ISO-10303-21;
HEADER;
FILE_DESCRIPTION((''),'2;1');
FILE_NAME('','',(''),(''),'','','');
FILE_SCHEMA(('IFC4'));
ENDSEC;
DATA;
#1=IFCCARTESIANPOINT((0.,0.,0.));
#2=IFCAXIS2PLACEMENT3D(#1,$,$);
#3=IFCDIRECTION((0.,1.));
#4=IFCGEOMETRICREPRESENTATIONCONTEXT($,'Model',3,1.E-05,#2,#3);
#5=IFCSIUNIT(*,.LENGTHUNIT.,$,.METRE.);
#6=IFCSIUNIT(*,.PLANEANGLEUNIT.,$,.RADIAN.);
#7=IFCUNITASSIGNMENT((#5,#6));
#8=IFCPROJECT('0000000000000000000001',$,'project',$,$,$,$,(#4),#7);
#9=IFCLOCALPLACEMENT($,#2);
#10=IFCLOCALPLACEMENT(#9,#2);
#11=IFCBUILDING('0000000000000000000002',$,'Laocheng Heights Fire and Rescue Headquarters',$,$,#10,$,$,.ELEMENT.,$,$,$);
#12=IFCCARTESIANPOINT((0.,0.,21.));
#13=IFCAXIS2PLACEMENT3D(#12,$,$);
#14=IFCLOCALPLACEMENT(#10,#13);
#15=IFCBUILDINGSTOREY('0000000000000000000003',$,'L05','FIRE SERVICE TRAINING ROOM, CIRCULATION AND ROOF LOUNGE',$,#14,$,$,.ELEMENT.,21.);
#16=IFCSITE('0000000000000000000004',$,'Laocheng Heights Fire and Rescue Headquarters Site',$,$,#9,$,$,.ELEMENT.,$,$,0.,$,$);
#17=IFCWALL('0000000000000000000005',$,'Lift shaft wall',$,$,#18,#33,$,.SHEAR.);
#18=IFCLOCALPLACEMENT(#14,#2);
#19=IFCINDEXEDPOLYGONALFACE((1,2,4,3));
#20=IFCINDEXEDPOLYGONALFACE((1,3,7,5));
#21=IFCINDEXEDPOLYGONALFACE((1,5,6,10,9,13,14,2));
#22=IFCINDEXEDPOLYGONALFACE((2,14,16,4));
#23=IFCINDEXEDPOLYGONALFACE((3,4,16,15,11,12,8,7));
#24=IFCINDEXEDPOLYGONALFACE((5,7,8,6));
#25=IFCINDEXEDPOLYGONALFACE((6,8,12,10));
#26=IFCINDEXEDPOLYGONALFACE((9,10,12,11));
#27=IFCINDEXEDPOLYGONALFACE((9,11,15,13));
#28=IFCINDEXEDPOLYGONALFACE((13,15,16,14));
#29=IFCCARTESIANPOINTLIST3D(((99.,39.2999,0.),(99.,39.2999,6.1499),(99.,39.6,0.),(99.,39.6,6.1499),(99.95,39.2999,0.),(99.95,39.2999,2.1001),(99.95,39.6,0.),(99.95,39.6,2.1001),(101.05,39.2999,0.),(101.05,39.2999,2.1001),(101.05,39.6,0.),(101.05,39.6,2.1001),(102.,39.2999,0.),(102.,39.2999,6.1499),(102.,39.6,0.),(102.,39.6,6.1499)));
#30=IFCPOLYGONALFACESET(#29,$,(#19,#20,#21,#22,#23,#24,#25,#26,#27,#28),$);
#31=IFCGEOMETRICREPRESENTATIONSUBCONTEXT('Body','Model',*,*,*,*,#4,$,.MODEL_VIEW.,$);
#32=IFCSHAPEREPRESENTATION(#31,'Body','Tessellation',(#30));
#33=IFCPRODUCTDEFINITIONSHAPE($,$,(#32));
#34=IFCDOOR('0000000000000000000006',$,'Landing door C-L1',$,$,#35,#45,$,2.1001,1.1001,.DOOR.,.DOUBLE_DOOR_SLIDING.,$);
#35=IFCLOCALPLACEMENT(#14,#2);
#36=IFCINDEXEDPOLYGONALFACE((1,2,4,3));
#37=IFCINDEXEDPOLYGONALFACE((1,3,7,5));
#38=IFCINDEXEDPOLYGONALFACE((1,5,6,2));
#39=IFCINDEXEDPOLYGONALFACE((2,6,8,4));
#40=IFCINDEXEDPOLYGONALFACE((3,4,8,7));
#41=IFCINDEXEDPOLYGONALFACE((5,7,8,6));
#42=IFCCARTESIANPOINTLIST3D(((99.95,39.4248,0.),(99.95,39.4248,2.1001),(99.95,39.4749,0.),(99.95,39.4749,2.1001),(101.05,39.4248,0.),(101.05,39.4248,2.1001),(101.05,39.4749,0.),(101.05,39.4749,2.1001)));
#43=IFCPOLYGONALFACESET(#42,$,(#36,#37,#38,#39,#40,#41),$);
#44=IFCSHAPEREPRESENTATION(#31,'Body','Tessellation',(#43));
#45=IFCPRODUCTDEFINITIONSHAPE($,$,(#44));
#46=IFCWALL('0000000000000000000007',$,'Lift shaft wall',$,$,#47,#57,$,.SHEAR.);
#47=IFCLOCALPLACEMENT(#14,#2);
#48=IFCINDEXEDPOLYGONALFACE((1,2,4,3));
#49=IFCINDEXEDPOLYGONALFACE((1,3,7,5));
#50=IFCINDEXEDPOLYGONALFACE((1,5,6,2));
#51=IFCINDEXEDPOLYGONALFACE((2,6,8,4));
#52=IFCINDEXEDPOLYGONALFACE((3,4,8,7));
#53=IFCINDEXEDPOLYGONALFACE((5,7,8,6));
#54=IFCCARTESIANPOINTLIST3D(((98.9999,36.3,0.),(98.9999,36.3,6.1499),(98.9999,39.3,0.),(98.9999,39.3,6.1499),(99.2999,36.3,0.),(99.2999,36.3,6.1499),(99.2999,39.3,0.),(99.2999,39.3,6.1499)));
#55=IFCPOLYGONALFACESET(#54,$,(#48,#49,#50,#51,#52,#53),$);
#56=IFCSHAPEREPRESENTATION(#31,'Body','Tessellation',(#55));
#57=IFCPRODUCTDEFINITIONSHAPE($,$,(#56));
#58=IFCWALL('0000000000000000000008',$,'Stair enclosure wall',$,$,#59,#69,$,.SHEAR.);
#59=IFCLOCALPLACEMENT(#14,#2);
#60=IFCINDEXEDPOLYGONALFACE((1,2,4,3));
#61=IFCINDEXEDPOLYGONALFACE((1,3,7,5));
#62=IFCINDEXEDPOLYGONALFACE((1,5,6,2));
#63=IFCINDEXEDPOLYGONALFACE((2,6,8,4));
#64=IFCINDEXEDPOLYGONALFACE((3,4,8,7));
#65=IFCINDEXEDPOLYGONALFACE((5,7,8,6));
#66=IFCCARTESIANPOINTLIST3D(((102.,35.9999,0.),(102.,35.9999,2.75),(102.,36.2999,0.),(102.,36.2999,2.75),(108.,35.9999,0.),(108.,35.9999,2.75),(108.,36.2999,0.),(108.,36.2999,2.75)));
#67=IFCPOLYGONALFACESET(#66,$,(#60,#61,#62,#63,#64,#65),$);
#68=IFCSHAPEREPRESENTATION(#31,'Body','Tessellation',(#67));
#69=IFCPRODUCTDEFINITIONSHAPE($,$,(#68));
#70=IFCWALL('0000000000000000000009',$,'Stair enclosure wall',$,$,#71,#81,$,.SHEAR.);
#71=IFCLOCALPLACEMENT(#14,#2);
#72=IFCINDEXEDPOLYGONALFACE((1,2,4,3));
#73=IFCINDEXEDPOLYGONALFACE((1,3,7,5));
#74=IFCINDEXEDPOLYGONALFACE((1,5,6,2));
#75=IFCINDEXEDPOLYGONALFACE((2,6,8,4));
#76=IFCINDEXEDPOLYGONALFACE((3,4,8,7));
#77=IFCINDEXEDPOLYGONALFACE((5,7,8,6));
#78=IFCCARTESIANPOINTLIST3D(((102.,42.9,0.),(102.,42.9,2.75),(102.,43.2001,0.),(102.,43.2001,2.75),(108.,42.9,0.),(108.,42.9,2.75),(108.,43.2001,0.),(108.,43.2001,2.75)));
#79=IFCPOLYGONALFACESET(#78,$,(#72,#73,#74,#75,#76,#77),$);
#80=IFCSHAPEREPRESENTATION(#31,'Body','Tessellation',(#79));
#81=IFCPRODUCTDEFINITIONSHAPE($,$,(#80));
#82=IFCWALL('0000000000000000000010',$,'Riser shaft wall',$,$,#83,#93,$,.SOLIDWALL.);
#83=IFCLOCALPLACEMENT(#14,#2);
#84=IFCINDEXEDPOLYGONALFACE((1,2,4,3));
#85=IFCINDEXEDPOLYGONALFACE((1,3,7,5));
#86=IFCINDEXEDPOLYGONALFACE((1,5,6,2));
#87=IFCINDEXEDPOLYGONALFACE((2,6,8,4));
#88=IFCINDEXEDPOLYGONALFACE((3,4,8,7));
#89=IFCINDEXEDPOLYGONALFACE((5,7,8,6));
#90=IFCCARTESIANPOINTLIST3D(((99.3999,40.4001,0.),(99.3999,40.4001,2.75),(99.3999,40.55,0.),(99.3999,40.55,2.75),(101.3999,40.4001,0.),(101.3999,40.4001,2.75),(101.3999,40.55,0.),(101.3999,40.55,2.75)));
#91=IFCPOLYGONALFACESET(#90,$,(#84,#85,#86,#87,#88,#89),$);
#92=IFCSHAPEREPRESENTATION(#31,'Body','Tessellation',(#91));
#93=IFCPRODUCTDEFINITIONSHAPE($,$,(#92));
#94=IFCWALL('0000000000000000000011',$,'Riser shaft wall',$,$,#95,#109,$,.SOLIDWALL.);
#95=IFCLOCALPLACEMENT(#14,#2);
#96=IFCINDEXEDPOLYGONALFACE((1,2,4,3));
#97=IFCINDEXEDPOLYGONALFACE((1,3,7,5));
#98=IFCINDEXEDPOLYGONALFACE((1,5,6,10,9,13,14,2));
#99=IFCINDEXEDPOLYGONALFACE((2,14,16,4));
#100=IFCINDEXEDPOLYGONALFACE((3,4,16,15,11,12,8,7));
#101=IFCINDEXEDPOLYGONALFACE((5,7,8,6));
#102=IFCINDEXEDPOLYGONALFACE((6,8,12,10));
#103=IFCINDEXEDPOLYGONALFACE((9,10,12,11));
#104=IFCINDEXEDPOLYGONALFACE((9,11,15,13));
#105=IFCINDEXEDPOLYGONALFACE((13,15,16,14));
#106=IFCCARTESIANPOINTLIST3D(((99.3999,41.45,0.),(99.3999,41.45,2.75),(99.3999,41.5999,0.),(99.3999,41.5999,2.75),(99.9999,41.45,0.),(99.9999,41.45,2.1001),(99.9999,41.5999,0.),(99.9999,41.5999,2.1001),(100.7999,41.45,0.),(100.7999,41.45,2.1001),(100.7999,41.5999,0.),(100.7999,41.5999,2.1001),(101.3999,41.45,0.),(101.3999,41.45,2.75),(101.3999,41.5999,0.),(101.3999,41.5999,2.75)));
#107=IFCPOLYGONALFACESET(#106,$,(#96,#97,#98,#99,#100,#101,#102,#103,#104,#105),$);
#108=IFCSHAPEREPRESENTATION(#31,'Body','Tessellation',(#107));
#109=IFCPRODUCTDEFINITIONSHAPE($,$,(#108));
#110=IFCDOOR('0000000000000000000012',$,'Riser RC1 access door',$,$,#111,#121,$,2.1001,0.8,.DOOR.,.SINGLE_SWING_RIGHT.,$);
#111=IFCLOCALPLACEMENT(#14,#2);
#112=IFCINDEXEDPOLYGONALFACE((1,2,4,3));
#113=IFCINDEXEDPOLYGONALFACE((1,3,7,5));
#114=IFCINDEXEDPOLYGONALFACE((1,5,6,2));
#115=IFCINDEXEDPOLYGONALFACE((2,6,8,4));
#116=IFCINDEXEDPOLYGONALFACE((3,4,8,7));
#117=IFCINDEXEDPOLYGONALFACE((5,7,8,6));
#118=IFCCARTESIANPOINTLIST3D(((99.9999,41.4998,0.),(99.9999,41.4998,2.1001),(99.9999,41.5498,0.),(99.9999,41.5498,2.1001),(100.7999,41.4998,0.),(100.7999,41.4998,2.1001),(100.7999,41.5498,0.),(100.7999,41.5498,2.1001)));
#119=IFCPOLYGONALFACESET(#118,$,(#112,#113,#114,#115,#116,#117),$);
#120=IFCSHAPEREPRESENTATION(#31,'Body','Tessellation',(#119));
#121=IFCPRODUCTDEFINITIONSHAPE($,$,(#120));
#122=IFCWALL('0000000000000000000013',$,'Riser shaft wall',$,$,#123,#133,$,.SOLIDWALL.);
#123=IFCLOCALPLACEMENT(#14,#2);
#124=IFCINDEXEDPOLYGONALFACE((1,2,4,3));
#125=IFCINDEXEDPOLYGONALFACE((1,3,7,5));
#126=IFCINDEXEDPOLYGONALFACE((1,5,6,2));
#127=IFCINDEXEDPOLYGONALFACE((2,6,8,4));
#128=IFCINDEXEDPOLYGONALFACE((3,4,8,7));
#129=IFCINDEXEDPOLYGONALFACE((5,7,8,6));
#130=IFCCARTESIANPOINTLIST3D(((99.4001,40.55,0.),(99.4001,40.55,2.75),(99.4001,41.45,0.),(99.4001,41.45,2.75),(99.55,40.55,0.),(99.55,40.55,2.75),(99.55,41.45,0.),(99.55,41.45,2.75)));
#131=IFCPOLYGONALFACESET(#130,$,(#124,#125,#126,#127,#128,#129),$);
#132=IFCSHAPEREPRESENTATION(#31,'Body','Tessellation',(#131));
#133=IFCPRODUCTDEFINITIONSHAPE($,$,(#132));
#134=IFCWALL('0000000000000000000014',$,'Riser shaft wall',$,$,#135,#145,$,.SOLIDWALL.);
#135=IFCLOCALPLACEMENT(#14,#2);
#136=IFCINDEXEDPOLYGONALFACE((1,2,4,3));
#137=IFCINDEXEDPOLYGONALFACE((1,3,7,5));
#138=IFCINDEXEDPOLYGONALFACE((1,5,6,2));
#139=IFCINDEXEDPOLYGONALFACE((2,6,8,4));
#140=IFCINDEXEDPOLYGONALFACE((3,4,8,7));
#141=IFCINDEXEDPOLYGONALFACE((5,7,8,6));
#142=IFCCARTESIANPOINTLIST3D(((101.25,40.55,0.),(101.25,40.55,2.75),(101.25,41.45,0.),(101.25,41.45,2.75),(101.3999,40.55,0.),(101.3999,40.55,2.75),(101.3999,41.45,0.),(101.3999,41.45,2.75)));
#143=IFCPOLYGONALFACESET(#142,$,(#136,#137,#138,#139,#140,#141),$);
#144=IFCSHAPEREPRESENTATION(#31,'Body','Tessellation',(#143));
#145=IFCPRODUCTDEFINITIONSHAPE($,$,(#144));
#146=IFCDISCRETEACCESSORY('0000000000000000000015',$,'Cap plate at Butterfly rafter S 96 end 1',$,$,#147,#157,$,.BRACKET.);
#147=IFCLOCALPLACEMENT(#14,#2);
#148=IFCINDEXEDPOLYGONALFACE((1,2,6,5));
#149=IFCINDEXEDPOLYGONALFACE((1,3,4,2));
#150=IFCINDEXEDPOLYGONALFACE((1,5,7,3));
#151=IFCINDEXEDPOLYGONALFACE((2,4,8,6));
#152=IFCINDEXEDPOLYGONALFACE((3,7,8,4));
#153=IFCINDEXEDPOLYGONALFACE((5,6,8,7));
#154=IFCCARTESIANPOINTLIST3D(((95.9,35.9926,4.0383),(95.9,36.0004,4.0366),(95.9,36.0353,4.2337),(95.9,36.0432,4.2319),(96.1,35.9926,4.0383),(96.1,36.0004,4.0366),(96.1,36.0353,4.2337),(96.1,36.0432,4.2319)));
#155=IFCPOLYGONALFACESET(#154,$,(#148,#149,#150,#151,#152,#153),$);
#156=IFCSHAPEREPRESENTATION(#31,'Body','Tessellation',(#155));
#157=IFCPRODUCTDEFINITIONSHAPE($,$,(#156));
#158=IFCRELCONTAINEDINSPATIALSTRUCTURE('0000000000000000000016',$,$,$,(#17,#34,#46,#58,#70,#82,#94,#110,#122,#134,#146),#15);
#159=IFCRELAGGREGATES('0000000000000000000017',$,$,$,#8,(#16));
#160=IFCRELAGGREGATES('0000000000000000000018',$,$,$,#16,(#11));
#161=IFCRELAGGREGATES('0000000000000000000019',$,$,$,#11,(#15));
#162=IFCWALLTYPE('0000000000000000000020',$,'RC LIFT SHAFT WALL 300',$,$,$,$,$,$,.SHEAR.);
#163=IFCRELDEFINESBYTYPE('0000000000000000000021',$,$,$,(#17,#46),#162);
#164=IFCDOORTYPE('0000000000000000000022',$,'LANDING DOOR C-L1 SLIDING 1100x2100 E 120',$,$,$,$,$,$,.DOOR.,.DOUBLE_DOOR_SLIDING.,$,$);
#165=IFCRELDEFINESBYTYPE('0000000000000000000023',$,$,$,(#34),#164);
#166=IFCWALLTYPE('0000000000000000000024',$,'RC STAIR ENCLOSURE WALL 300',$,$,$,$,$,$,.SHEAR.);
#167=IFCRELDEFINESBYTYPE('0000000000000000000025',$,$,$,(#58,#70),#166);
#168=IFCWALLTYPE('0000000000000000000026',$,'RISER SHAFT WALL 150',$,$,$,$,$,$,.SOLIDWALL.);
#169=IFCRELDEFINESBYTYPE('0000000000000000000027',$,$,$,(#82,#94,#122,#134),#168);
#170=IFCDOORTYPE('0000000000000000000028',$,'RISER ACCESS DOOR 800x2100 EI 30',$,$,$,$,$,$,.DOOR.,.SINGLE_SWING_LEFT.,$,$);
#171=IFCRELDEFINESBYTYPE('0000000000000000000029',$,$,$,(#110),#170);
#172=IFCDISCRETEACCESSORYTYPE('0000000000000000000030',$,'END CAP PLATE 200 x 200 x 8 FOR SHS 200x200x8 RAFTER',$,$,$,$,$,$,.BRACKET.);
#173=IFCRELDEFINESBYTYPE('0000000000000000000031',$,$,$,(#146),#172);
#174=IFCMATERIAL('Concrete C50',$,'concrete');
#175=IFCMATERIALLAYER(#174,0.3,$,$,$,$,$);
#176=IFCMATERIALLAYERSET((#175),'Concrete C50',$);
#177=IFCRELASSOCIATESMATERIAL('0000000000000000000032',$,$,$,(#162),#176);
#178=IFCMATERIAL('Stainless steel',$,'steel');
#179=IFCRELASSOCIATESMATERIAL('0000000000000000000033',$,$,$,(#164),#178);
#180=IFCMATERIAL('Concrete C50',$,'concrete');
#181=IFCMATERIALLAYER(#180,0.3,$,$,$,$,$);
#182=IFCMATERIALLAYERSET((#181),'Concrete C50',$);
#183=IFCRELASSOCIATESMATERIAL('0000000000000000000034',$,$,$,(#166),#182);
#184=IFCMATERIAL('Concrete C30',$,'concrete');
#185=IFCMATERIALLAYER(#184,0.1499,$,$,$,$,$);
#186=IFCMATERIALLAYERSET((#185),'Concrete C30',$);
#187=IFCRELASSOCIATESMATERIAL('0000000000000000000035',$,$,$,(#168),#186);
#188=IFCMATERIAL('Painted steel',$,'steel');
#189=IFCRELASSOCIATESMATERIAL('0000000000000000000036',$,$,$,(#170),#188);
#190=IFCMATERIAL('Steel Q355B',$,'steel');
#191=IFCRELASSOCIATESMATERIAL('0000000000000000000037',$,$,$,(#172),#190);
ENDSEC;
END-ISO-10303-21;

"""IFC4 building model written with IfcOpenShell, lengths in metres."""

from ifc_helpers import new_model, si_unit, direction, frame, frame_2d, origin, origin_2d, place, context, subcontext, project, spatial, rectangle, extrude, material, layer, layer_set, material_profile, profile_set, type_object, element, fill, save


model = new_model("IFC4")

# Units and contexts
model_context = context("Model", 3, precision=1e-05, world=origin(), true_north=direction((0.0, 1.0)))
body_context = subcontext(model_context, "Body", "Model", "MODEL_VIEW")
ifc_project = project(units=[si_unit("LENGTHUNIT", "METRE"), si_unit("PLANEANGLEUNIT", "RADIAN")], contexts=[model_context])

# Site, building, storey
site_placement = place(None, origin())
site = spatial("IfcSite", under=ifc_project, at=site_placement, Name="Laocheng Heights Fire and Rescue Headquarters Site", CompositionType="ELEMENT", RefElevation=0.0)
building_placement = place(site_placement, origin())
building = spatial("IfcBuilding", under=site, at=building_placement, Name="Laocheng Heights Fire and Rescue Headquarters", CompositionType="ELEMENT")
storey_placement = place(building_placement, frame((0.0, 0.0, 21.0)))
storey = spatial("IfcBuildingStorey", under=building, at=storey_placement, Name="L05", Description="FIRE SERVICE TRAINING ROOM, CIRCULATION AND ROOF LOUNGE", CompositionType="ELEMENT", Elevation=21.0)

# Shared definitions
ifc_material_1 = material(Name="Concrete C50", Category="concrete")
ifc_layer_1 = layer(ifc_material_1, 0.3)
ifc_layer_set_1 = layer_set([ifc_layer_1], Name="Concrete C50")
wall_type_1 = type_object("IfcWallType", Name="RC LIFT SHAFT WALL 300", PredefinedType="SHEAR", material=ifc_layer_set_1)

# Wall, opening, door
wall_1_placement = place(storey_placement, frame((99.0, 39.45, 0.0), z_axis=(0.0, 0.0, 1.0), x_axis=(1.0, 0.0, 0.0)))
wall_1 = element("IfcWall", 1, at=wall_1_placement, inside=storey, type_object=wall_type_1, Name="Lift shaft wall", PredefinedType="SHEAR", context=body_context, shape_type="SweptSolid", body=[
    extrude(rectangle(XDim=3.0, YDim=0.3, at=frame_2d((1.5, 0.0))), origin(), (0.0, 0.0, 1.0), 6.1499),
])
opening_1_placement = place(wall_1_placement, frame((0.95, 0.0, 0.0)))
opening_1 = element("IfcOpeningElement", 2, at=opening_1_placement, cuts=wall_1, PredefinedType="OPENING", context=body_context, shape_type="SweptSolid", body=[
    extrude(rectangle(XDim=1.1001, YDim=2.1001, at=frame_2d((0.55, 1.05))), frame((0.0, 0.1599, 0.0), z_axis=(0.0, -1.0, 0.0), x_axis=(1.0, 0.0, 0.0)), (0.0, 0.0, 1.0), 0.3201),
])
ifc_material_2 = material(Name="Stainless steel", Category="steel")
door_type_1 = type_object("IfcDoorType", Name="LANDING DOOR C-L1 SLIDING 1100x2100 E 120", OperationType="DOUBLE_DOOR_SLIDING", PredefinedType="DOOR", material=ifc_material_2)
door_1_placement = place(opening_1_placement, origin())
door_1 = element("IfcDoor", 3, at=door_1_placement, inside=storey, type_object=door_type_1, Name="Landing door C-L1", OperationType="DOUBLE_DOOR_SLIDING", OverallHeight=2.1001, OverallWidth=1.1001, PredefinedType="DOOR", context=body_context, shape_type="SweptSolid", body=[
    extrude(rectangle(XDim=1.1001, YDim=2.1001, at=frame_2d((0.55, 1.05))), frame((0.0, 0.0249, 0.0), z_axis=(0.0, -1.0, 0.0), x_axis=(1.0, 0.0, 0.0)), (0.0, 0.0, 1.0), 0.05),
])
fill(opening_1, door_1)

# Walls
wall_2_placement = place(storey_placement, frame((99.1499, 36.3, 0.0), z_axis=(0.0, 0.0, 1.0), x_axis=(0.0, 1.0, 0.0)))
element("IfcWall", 4, at=wall_2_placement, inside=storey, type_object=wall_type_1, Name="Lift shaft wall", PredefinedType="SHEAR", context=body_context, shape_type="SweptSolid", body=[
    extrude(rectangle(XDim=3.0, YDim=0.3, at=frame_2d((1.5, 0.0))), origin(), (0.0, 0.0, 1.0), 6.1499),
])
ifc_material_3 = material(Name="Concrete C50", Category="concrete")
ifc_layer_2 = layer(ifc_material_3, 0.3)
ifc_layer_set_2 = layer_set([ifc_layer_2], Name="Concrete C50")
wall_type_2 = type_object("IfcWallType", Name="RC STAIR ENCLOSURE WALL 300", PredefinedType="SHEAR", material=ifc_layer_set_2)
for number, where, z_axis, x_axis, name in (
    (5, (102.0, 36.1499, 0.0), (0.0, 0.0, 1.0), (1.0, 0.0, 0.0), "Stair enclosure wall"),
    (6, (102.0, 43.05, 0.0), (0.0, 0.0, 1.0), (1.0, 0.0, 0.0), "Stair enclosure wall"),
):
    element("IfcWall", number, at=place(storey_placement, frame(where, z_axis=z_axis, x_axis=x_axis)), inside=storey, type_object=wall_type_2, Name=name, PredefinedType="SHEAR", context=body_context, shape_type="SweptSolid", body=[
        extrude(rectangle(XDim=6.0, YDim=0.3, at=frame_2d((3.0, 0.0))), origin(), (0.0, 0.0, 1.0), 2.75),
    ])
ifc_material_4 = material(Name="Concrete C30", Category="concrete")
ifc_layer_3 = layer(ifc_material_4, 0.1499)
ifc_layer_set_3 = layer_set([ifc_layer_3], Name="Concrete C30")
wall_type_3 = type_object("IfcWallType", Name="RISER SHAFT WALL 150", PredefinedType="SOLIDWALL", material=ifc_layer_set_3)
wall_3_placement = place(storey_placement, frame((99.3999, 40.4751, 0.0), z_axis=(0.0, 0.0, 1.0), x_axis=(1.0, 0.0, 0.0)))
element("IfcWall", 7, at=wall_3_placement, inside=storey, type_object=wall_type_3, Name="Riser shaft wall", PredefinedType="SOLIDWALL", context=body_context, shape_type="SweptSolid", body=[
    extrude(rectangle(XDim=2.0, YDim=0.1499, at=frame_2d((1.0, 0.0))), origin(), (0.0, 0.0, 1.0), 2.75),
])

# Wall, opening, door
wall_4_placement = place(storey_placement, frame((99.3999, 41.5249, 0.0), z_axis=(0.0, 0.0, 1.0), x_axis=(1.0, 0.0, 0.0)))
wall_4 = element("IfcWall", 8, at=wall_4_placement, inside=storey, type_object=wall_type_3, Name="Riser shaft wall", PredefinedType="SOLIDWALL", context=body_context, shape_type="SweptSolid", body=[
    extrude(rectangle(XDim=2.0, YDim=0.1499, at=frame_2d((1.0, 0.0))), origin(), (0.0, 0.0, 1.0), 2.75),
])
opening_2_placement = place(wall_4_placement, frame((0.6001, 0.0, 0.0)))
opening_2 = element("IfcOpeningElement", 9, at=opening_2_placement, cuts=wall_4, PredefinedType="OPENING", context=body_context, shape_type="SweptSolid", body=[
    extrude(rectangle(XDim=0.8, YDim=2.1001, at=frame_2d((0.3999, 1.05))), frame((0.0, 0.085, 0.0), z_axis=(0.0, -1.0, 0.0), x_axis=(1.0, 0.0, 0.0)), (0.0, 0.0, 1.0), 0.1699),
])
ifc_material_5 = material(Name="Painted steel", Category="steel")
door_type_2 = type_object("IfcDoorType", Name="RISER ACCESS DOOR 800x2100 EI 30", OperationType="SINGLE_SWING_LEFT", PredefinedType="DOOR", material=ifc_material_5)
door_2_placement = place(opening_2_placement, origin())
door_2 = element("IfcDoor", 10, at=door_2_placement, inside=storey, type_object=door_type_2, Name="Riser RC1 access door", OperationType="SINGLE_SWING_RIGHT", OverallHeight=2.1001, OverallWidth=0.8, PredefinedType="DOOR", context=body_context, shape_type="SweptSolid", body=[
    extrude(rectangle(XDim=0.8, YDim=2.1001, at=frame_2d((0.3999, 1.05))), frame((0.0, 0.0249, 0.0), z_axis=(0.0, -1.0, 0.0), x_axis=(1.0, 0.0, 0.0)), (0.0, 0.0, 1.0), 0.05),
])
fill(opening_2, door_2)

# Walls
for number, where, z_axis, x_axis, name in (
    (11, (99.4751, 40.55, 0.0), (0.0, 0.0, 1.0), (0.0, 1.0, 0.0), "Riser shaft wall"),
    (12, (101.325, 40.55, 0.0), (0.0, 0.0, 1.0), (0.0, 1.0, 0.0), "Riser shaft wall"),
):
    element("IfcWall", number, at=place(storey_placement, frame(where, z_axis=z_axis, x_axis=x_axis)), inside=storey, type_object=wall_type_3, Name=name, PredefinedType="SOLIDWALL", context=body_context, shape_type="SweptSolid", body=[
        extrude(rectangle(XDim=0.8999, YDim=0.1499, at=frame_2d((0.45, 0.0))), origin(), (0.0, 0.0, 1.0), 2.75),
    ])

# Discrete accessory
ifc_material_6 = material(Name="Steel Q355B", Category="steel")
ifc_material_profile_1 = material_profile(ifc_material_6, rectangle(XDim=0.2, YDim=0.2, at=origin_2d()), Name="END CAP PLATE 200 x 200 x 8 FOR SHS 200x200x8 RAFTER")
ifc_profile_set_1 = profile_set([ifc_material_profile_1], Name="Steel Q355B")
discrete_accessory_type = type_object("IfcDiscreteAccessoryType", Name="END CAP PLATE 200 x 200 x 8 FOR SHS 200x200x8 RAFTER", PredefinedType="BRACKET", material=ifc_profile_set_1)
discrete_accessory_placement = place(storey_placement, frame((96.0, 36.0139, 4.136), z_axis=(0.0, 0.9769, -0.213697), x_axis=(-1.0, 0.0, 0.0)))
element("IfcDiscreteAccessory", 13, at=discrete_accessory_placement, inside=storey, type_object=discrete_accessory_type, Name="Cap plate at Butterfly rafter S 96 end 1", PredefinedType="BRACKET", context=body_context, shape_type="SweptSolid", body=[
    extrude(rectangle(XDim=0.2, YDim=0.2, at=origin_2d()), origin(), (0.0, 0.0, 1.0), 0.0081),
])

save(model, "model.ifc")
